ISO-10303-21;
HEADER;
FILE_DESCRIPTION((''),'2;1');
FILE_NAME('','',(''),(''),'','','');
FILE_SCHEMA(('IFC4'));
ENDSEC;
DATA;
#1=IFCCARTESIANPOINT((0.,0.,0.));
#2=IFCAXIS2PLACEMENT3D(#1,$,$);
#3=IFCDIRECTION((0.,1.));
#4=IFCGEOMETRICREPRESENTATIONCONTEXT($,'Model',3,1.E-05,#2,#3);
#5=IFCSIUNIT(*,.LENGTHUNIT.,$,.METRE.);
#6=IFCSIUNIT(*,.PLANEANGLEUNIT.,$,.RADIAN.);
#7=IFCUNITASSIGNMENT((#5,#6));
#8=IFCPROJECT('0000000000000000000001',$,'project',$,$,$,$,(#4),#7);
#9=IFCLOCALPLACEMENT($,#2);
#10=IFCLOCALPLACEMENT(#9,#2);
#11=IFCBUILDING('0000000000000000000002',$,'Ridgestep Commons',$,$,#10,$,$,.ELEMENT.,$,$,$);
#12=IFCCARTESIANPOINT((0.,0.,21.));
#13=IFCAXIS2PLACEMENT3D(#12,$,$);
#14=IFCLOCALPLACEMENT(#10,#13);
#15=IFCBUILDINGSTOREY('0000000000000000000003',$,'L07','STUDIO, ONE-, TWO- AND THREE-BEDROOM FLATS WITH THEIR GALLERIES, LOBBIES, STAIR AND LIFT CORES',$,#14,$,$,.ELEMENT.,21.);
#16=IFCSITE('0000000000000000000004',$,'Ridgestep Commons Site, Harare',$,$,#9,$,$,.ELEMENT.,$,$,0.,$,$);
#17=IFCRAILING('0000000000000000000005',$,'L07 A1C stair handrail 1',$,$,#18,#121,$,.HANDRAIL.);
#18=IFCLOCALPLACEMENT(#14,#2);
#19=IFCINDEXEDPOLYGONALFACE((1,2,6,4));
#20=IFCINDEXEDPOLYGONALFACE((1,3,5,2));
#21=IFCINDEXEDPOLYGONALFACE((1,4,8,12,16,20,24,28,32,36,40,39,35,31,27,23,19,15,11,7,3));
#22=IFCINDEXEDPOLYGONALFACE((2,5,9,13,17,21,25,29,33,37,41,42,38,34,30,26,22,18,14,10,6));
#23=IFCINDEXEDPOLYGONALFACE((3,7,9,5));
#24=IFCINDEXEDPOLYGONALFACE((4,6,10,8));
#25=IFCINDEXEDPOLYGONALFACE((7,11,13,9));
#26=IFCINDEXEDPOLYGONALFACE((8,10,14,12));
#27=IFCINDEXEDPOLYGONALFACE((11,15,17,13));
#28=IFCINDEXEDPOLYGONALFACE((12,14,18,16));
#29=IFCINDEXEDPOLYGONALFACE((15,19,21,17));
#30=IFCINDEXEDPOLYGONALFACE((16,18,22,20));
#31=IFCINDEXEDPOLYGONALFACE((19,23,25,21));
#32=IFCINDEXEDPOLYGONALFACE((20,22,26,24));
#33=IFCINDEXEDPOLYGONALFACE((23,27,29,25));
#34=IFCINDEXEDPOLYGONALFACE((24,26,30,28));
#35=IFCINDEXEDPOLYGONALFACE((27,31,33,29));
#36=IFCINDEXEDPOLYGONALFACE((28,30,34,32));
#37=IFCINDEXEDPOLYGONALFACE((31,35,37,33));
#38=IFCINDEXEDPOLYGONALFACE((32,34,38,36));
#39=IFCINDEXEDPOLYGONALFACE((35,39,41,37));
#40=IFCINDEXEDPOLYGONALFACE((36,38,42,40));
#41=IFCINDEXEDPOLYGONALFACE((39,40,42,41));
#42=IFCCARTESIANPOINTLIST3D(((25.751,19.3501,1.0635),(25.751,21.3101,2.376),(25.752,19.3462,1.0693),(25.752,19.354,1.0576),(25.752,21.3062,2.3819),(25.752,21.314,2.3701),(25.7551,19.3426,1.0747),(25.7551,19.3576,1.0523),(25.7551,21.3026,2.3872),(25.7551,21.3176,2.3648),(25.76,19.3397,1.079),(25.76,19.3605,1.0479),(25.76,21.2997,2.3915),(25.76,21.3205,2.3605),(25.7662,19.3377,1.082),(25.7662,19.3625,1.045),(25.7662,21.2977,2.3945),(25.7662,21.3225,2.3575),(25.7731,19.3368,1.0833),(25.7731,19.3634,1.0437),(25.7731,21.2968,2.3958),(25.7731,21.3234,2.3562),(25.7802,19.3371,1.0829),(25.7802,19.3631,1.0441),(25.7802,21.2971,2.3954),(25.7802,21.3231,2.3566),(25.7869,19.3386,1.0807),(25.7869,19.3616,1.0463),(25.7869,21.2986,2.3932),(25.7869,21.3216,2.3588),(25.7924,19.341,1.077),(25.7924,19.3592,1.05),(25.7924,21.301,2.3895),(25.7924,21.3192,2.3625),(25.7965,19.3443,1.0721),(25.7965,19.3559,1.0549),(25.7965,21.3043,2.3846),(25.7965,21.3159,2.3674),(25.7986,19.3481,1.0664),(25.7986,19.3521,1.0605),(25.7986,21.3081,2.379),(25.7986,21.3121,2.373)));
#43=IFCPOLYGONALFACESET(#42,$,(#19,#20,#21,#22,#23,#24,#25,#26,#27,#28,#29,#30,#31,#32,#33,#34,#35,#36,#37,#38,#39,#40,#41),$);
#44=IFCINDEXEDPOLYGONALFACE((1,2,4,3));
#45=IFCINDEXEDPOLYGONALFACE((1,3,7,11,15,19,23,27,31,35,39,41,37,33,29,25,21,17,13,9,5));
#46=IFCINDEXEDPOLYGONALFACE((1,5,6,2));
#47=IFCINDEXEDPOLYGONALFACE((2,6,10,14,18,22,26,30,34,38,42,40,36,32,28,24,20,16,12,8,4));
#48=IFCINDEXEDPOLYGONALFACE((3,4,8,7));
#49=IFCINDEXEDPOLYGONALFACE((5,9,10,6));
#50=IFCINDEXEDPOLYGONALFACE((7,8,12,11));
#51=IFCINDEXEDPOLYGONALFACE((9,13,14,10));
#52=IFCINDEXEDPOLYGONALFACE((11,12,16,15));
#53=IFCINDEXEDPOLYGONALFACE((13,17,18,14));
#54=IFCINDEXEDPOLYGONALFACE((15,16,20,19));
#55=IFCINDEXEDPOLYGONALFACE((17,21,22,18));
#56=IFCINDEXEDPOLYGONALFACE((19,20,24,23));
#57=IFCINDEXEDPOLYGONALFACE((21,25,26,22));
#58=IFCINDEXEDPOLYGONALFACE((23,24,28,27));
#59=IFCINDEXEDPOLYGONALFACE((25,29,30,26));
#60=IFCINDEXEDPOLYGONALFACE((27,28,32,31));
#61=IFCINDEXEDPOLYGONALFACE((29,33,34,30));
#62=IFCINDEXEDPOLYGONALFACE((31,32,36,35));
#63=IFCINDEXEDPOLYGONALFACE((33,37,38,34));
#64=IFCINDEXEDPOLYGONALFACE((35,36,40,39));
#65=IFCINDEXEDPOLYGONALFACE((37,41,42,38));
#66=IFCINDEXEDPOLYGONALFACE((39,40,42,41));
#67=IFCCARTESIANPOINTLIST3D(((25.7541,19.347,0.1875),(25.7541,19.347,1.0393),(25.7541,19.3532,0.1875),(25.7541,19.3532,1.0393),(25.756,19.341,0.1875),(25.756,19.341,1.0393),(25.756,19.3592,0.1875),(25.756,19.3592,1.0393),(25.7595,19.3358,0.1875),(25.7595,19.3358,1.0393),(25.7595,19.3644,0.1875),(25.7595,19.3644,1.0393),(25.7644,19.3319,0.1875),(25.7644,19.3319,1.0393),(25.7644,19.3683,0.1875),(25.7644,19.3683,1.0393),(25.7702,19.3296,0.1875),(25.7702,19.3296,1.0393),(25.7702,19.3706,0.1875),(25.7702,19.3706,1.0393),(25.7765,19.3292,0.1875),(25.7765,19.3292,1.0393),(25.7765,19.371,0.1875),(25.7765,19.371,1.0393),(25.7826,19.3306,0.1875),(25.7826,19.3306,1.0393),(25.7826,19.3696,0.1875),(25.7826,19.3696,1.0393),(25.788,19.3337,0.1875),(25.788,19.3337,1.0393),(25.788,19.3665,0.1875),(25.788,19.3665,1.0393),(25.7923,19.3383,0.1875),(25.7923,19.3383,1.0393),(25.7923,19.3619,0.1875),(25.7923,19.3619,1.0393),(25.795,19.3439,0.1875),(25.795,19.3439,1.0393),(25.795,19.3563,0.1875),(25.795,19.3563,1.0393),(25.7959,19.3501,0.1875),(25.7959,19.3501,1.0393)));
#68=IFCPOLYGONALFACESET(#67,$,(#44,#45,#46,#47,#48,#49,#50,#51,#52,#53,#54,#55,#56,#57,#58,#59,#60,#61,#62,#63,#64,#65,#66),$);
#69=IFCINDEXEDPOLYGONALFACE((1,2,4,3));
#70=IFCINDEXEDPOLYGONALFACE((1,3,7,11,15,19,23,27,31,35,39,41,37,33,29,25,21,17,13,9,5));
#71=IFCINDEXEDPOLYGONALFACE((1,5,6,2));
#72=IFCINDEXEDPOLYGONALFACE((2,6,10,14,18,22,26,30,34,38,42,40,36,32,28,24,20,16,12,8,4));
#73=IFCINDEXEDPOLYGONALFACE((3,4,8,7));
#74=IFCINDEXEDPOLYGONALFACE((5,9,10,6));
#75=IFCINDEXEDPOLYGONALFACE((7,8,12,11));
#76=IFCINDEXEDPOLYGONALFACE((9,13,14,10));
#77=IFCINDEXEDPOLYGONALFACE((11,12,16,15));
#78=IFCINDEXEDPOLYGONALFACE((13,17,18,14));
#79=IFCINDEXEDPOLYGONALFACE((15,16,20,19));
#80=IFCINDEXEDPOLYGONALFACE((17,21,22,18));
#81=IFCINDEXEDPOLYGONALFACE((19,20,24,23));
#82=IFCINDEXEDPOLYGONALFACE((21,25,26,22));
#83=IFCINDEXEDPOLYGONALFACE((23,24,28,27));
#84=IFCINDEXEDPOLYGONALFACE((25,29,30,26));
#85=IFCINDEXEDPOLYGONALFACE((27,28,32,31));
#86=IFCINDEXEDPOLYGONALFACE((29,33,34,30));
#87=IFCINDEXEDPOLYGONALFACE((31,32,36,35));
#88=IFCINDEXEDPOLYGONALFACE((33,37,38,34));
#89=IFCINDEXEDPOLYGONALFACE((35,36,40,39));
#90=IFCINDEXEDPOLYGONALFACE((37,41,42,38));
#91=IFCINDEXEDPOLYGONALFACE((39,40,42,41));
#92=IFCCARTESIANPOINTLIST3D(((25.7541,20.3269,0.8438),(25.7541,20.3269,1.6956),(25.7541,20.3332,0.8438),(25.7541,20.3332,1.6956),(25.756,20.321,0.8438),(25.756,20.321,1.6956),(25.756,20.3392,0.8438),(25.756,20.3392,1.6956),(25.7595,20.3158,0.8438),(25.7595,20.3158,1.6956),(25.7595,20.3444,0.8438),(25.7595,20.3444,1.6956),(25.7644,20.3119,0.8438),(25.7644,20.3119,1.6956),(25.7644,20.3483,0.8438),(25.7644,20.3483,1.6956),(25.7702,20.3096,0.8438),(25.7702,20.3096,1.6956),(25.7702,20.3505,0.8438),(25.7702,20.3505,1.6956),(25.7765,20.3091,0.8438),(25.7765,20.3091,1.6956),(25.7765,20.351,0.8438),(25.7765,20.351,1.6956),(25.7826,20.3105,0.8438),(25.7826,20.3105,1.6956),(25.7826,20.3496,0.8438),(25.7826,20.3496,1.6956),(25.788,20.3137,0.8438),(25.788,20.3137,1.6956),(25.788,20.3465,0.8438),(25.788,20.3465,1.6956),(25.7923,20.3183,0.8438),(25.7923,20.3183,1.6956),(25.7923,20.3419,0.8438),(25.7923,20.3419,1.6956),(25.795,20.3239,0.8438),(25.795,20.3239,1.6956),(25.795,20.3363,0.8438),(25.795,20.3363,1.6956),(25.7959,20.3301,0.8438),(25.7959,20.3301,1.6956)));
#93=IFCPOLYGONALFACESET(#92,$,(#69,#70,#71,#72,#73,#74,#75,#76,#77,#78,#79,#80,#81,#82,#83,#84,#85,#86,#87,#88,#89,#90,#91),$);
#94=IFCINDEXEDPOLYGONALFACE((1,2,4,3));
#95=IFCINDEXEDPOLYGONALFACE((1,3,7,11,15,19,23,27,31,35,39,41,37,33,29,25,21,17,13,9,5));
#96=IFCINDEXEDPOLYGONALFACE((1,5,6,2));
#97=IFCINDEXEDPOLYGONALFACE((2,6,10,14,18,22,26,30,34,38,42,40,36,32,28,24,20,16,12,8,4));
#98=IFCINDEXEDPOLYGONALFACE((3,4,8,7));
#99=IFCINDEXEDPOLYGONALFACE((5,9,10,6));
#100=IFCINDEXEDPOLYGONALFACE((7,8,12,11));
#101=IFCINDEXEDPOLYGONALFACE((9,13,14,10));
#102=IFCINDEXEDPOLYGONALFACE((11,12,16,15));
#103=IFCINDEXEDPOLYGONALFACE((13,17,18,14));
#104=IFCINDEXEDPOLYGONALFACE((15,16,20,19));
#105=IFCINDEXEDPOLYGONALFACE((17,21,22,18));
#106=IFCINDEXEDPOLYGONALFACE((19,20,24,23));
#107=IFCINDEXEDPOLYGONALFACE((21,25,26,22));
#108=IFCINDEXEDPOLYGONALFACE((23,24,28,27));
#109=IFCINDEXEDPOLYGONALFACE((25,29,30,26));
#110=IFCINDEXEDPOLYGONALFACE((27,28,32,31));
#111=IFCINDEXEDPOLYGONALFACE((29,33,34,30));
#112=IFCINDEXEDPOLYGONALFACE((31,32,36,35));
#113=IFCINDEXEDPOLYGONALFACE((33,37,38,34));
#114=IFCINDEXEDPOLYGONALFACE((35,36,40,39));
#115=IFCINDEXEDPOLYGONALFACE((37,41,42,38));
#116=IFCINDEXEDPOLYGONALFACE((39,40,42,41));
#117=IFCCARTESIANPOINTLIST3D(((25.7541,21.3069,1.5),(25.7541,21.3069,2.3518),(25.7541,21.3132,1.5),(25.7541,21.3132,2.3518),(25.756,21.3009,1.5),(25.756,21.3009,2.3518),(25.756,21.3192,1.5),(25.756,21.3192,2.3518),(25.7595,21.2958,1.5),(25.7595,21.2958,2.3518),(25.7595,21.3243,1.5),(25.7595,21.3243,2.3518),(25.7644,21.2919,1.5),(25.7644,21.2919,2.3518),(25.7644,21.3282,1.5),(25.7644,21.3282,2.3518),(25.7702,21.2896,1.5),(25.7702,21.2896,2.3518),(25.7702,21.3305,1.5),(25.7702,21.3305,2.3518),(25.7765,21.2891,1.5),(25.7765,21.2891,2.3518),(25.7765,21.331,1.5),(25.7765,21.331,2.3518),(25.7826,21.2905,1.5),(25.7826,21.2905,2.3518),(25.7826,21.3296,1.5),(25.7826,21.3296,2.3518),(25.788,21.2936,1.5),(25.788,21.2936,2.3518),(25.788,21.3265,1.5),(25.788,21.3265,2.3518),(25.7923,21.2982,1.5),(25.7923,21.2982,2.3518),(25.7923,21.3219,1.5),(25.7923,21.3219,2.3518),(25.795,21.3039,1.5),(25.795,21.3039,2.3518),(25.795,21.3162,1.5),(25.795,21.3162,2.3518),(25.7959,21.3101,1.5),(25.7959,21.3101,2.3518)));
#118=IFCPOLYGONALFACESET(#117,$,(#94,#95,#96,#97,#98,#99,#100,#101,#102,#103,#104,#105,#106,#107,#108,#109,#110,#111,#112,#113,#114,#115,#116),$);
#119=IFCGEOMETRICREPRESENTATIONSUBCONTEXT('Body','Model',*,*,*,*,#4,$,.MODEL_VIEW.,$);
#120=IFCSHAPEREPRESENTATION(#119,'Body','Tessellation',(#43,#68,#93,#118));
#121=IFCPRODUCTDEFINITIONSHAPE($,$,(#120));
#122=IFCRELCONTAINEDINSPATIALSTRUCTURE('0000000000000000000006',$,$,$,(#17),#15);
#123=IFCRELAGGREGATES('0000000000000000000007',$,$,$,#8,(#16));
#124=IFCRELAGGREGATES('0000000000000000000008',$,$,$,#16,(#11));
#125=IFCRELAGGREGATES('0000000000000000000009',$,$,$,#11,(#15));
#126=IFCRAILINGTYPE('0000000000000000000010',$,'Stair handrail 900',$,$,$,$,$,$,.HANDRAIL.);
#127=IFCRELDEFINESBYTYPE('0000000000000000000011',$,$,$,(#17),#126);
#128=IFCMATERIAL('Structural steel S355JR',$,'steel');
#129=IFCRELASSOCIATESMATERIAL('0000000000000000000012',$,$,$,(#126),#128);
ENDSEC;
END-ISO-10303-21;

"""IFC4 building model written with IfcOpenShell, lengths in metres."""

from ifc_helpers import new_model, si_unit, direction, frame, origin, origin_2d, place, context, subcontext, project, spatial, circle, extrude, material, type_object, element, save


model = new_model("IFC4")

# Units and contexts
model_context = context("Model", 3, precision=1e-05, world=origin(), true_north=direction((0.0, 1.0)))
body_context = subcontext(model_context, "Body", "Model", "MODEL_VIEW")
ifc_project = project(units=[si_unit("LENGTHUNIT", "METRE"), si_unit("PLANEANGLEUNIT", "RADIAN")], contexts=[model_context])

# Site, building, storey
site_placement = place(None, origin())
site = spatial("IfcSite", under=ifc_project, at=site_placement, Name="Ridgestep Commons Site, Harare", CompositionType="ELEMENT", RefElevation=0.0)
building_placement = place(site_placement, origin())
building = spatial("IfcBuilding", under=site, at=building_placement, Name="Ridgestep Commons", CompositionType="ELEMENT")
storey_placement = place(building_placement, frame((0.0, 0.0, 21.0)))
storey = spatial("IfcBuildingStorey", under=building, at=storey_placement, Name="L07", Description="STUDIO, ONE-, TWO- AND THREE-BEDROOM FLATS WITH THEIR GALLERIES, LOBBIES, STAIR AND LIFT CORES", CompositionType="ELEMENT", Elevation=21.0)

# Railing
ifc_material_1 = material(Name="Structural steel S355JR", Category="steel")
railing_type_1 = type_object("IfcRailingType", Name="Stair handrail 900", PredefinedType="HANDRAIL", material=ifc_material_1)
railing_1_placement = place(storey_placement, frame((25.7749, 19.3501, 0.1875)))
element("IfcRailing", 1, at=railing_1_placement, inside=storey, type_object=railing_type_1, Name="L07 A1C stair handrail 1", PredefinedType="HANDRAIL", context=body_context, shape_type="SweptSolid", body=[
    extrude(circle(Radius=0.0239, at=origin_2d()), frame((0.0, 0.0, 0.876), z_axis=(0.0, 0.830902, 0.556419), x_axis=(-1.0, 0.0, 0.0)), (0.0, 0.0, 1.0), 2.3589),
    extrude(circle(Radius=0.021, at=origin_2d()), origin(), (0.0, 0.0, 1.0), 0.8518),
    extrude(circle(Radius=0.021, at=origin_2d()), frame((0.0, 0.98, 0.6562)), (0.0, 0.0, 1.0), 0.8518),
    extrude(circle(Radius=0.021, at=origin_2d()), frame((0.0, 1.96, 1.3125)), (0.0, 0.0, 1.0), 0.8518),
])

save(model, "model.ifc")
